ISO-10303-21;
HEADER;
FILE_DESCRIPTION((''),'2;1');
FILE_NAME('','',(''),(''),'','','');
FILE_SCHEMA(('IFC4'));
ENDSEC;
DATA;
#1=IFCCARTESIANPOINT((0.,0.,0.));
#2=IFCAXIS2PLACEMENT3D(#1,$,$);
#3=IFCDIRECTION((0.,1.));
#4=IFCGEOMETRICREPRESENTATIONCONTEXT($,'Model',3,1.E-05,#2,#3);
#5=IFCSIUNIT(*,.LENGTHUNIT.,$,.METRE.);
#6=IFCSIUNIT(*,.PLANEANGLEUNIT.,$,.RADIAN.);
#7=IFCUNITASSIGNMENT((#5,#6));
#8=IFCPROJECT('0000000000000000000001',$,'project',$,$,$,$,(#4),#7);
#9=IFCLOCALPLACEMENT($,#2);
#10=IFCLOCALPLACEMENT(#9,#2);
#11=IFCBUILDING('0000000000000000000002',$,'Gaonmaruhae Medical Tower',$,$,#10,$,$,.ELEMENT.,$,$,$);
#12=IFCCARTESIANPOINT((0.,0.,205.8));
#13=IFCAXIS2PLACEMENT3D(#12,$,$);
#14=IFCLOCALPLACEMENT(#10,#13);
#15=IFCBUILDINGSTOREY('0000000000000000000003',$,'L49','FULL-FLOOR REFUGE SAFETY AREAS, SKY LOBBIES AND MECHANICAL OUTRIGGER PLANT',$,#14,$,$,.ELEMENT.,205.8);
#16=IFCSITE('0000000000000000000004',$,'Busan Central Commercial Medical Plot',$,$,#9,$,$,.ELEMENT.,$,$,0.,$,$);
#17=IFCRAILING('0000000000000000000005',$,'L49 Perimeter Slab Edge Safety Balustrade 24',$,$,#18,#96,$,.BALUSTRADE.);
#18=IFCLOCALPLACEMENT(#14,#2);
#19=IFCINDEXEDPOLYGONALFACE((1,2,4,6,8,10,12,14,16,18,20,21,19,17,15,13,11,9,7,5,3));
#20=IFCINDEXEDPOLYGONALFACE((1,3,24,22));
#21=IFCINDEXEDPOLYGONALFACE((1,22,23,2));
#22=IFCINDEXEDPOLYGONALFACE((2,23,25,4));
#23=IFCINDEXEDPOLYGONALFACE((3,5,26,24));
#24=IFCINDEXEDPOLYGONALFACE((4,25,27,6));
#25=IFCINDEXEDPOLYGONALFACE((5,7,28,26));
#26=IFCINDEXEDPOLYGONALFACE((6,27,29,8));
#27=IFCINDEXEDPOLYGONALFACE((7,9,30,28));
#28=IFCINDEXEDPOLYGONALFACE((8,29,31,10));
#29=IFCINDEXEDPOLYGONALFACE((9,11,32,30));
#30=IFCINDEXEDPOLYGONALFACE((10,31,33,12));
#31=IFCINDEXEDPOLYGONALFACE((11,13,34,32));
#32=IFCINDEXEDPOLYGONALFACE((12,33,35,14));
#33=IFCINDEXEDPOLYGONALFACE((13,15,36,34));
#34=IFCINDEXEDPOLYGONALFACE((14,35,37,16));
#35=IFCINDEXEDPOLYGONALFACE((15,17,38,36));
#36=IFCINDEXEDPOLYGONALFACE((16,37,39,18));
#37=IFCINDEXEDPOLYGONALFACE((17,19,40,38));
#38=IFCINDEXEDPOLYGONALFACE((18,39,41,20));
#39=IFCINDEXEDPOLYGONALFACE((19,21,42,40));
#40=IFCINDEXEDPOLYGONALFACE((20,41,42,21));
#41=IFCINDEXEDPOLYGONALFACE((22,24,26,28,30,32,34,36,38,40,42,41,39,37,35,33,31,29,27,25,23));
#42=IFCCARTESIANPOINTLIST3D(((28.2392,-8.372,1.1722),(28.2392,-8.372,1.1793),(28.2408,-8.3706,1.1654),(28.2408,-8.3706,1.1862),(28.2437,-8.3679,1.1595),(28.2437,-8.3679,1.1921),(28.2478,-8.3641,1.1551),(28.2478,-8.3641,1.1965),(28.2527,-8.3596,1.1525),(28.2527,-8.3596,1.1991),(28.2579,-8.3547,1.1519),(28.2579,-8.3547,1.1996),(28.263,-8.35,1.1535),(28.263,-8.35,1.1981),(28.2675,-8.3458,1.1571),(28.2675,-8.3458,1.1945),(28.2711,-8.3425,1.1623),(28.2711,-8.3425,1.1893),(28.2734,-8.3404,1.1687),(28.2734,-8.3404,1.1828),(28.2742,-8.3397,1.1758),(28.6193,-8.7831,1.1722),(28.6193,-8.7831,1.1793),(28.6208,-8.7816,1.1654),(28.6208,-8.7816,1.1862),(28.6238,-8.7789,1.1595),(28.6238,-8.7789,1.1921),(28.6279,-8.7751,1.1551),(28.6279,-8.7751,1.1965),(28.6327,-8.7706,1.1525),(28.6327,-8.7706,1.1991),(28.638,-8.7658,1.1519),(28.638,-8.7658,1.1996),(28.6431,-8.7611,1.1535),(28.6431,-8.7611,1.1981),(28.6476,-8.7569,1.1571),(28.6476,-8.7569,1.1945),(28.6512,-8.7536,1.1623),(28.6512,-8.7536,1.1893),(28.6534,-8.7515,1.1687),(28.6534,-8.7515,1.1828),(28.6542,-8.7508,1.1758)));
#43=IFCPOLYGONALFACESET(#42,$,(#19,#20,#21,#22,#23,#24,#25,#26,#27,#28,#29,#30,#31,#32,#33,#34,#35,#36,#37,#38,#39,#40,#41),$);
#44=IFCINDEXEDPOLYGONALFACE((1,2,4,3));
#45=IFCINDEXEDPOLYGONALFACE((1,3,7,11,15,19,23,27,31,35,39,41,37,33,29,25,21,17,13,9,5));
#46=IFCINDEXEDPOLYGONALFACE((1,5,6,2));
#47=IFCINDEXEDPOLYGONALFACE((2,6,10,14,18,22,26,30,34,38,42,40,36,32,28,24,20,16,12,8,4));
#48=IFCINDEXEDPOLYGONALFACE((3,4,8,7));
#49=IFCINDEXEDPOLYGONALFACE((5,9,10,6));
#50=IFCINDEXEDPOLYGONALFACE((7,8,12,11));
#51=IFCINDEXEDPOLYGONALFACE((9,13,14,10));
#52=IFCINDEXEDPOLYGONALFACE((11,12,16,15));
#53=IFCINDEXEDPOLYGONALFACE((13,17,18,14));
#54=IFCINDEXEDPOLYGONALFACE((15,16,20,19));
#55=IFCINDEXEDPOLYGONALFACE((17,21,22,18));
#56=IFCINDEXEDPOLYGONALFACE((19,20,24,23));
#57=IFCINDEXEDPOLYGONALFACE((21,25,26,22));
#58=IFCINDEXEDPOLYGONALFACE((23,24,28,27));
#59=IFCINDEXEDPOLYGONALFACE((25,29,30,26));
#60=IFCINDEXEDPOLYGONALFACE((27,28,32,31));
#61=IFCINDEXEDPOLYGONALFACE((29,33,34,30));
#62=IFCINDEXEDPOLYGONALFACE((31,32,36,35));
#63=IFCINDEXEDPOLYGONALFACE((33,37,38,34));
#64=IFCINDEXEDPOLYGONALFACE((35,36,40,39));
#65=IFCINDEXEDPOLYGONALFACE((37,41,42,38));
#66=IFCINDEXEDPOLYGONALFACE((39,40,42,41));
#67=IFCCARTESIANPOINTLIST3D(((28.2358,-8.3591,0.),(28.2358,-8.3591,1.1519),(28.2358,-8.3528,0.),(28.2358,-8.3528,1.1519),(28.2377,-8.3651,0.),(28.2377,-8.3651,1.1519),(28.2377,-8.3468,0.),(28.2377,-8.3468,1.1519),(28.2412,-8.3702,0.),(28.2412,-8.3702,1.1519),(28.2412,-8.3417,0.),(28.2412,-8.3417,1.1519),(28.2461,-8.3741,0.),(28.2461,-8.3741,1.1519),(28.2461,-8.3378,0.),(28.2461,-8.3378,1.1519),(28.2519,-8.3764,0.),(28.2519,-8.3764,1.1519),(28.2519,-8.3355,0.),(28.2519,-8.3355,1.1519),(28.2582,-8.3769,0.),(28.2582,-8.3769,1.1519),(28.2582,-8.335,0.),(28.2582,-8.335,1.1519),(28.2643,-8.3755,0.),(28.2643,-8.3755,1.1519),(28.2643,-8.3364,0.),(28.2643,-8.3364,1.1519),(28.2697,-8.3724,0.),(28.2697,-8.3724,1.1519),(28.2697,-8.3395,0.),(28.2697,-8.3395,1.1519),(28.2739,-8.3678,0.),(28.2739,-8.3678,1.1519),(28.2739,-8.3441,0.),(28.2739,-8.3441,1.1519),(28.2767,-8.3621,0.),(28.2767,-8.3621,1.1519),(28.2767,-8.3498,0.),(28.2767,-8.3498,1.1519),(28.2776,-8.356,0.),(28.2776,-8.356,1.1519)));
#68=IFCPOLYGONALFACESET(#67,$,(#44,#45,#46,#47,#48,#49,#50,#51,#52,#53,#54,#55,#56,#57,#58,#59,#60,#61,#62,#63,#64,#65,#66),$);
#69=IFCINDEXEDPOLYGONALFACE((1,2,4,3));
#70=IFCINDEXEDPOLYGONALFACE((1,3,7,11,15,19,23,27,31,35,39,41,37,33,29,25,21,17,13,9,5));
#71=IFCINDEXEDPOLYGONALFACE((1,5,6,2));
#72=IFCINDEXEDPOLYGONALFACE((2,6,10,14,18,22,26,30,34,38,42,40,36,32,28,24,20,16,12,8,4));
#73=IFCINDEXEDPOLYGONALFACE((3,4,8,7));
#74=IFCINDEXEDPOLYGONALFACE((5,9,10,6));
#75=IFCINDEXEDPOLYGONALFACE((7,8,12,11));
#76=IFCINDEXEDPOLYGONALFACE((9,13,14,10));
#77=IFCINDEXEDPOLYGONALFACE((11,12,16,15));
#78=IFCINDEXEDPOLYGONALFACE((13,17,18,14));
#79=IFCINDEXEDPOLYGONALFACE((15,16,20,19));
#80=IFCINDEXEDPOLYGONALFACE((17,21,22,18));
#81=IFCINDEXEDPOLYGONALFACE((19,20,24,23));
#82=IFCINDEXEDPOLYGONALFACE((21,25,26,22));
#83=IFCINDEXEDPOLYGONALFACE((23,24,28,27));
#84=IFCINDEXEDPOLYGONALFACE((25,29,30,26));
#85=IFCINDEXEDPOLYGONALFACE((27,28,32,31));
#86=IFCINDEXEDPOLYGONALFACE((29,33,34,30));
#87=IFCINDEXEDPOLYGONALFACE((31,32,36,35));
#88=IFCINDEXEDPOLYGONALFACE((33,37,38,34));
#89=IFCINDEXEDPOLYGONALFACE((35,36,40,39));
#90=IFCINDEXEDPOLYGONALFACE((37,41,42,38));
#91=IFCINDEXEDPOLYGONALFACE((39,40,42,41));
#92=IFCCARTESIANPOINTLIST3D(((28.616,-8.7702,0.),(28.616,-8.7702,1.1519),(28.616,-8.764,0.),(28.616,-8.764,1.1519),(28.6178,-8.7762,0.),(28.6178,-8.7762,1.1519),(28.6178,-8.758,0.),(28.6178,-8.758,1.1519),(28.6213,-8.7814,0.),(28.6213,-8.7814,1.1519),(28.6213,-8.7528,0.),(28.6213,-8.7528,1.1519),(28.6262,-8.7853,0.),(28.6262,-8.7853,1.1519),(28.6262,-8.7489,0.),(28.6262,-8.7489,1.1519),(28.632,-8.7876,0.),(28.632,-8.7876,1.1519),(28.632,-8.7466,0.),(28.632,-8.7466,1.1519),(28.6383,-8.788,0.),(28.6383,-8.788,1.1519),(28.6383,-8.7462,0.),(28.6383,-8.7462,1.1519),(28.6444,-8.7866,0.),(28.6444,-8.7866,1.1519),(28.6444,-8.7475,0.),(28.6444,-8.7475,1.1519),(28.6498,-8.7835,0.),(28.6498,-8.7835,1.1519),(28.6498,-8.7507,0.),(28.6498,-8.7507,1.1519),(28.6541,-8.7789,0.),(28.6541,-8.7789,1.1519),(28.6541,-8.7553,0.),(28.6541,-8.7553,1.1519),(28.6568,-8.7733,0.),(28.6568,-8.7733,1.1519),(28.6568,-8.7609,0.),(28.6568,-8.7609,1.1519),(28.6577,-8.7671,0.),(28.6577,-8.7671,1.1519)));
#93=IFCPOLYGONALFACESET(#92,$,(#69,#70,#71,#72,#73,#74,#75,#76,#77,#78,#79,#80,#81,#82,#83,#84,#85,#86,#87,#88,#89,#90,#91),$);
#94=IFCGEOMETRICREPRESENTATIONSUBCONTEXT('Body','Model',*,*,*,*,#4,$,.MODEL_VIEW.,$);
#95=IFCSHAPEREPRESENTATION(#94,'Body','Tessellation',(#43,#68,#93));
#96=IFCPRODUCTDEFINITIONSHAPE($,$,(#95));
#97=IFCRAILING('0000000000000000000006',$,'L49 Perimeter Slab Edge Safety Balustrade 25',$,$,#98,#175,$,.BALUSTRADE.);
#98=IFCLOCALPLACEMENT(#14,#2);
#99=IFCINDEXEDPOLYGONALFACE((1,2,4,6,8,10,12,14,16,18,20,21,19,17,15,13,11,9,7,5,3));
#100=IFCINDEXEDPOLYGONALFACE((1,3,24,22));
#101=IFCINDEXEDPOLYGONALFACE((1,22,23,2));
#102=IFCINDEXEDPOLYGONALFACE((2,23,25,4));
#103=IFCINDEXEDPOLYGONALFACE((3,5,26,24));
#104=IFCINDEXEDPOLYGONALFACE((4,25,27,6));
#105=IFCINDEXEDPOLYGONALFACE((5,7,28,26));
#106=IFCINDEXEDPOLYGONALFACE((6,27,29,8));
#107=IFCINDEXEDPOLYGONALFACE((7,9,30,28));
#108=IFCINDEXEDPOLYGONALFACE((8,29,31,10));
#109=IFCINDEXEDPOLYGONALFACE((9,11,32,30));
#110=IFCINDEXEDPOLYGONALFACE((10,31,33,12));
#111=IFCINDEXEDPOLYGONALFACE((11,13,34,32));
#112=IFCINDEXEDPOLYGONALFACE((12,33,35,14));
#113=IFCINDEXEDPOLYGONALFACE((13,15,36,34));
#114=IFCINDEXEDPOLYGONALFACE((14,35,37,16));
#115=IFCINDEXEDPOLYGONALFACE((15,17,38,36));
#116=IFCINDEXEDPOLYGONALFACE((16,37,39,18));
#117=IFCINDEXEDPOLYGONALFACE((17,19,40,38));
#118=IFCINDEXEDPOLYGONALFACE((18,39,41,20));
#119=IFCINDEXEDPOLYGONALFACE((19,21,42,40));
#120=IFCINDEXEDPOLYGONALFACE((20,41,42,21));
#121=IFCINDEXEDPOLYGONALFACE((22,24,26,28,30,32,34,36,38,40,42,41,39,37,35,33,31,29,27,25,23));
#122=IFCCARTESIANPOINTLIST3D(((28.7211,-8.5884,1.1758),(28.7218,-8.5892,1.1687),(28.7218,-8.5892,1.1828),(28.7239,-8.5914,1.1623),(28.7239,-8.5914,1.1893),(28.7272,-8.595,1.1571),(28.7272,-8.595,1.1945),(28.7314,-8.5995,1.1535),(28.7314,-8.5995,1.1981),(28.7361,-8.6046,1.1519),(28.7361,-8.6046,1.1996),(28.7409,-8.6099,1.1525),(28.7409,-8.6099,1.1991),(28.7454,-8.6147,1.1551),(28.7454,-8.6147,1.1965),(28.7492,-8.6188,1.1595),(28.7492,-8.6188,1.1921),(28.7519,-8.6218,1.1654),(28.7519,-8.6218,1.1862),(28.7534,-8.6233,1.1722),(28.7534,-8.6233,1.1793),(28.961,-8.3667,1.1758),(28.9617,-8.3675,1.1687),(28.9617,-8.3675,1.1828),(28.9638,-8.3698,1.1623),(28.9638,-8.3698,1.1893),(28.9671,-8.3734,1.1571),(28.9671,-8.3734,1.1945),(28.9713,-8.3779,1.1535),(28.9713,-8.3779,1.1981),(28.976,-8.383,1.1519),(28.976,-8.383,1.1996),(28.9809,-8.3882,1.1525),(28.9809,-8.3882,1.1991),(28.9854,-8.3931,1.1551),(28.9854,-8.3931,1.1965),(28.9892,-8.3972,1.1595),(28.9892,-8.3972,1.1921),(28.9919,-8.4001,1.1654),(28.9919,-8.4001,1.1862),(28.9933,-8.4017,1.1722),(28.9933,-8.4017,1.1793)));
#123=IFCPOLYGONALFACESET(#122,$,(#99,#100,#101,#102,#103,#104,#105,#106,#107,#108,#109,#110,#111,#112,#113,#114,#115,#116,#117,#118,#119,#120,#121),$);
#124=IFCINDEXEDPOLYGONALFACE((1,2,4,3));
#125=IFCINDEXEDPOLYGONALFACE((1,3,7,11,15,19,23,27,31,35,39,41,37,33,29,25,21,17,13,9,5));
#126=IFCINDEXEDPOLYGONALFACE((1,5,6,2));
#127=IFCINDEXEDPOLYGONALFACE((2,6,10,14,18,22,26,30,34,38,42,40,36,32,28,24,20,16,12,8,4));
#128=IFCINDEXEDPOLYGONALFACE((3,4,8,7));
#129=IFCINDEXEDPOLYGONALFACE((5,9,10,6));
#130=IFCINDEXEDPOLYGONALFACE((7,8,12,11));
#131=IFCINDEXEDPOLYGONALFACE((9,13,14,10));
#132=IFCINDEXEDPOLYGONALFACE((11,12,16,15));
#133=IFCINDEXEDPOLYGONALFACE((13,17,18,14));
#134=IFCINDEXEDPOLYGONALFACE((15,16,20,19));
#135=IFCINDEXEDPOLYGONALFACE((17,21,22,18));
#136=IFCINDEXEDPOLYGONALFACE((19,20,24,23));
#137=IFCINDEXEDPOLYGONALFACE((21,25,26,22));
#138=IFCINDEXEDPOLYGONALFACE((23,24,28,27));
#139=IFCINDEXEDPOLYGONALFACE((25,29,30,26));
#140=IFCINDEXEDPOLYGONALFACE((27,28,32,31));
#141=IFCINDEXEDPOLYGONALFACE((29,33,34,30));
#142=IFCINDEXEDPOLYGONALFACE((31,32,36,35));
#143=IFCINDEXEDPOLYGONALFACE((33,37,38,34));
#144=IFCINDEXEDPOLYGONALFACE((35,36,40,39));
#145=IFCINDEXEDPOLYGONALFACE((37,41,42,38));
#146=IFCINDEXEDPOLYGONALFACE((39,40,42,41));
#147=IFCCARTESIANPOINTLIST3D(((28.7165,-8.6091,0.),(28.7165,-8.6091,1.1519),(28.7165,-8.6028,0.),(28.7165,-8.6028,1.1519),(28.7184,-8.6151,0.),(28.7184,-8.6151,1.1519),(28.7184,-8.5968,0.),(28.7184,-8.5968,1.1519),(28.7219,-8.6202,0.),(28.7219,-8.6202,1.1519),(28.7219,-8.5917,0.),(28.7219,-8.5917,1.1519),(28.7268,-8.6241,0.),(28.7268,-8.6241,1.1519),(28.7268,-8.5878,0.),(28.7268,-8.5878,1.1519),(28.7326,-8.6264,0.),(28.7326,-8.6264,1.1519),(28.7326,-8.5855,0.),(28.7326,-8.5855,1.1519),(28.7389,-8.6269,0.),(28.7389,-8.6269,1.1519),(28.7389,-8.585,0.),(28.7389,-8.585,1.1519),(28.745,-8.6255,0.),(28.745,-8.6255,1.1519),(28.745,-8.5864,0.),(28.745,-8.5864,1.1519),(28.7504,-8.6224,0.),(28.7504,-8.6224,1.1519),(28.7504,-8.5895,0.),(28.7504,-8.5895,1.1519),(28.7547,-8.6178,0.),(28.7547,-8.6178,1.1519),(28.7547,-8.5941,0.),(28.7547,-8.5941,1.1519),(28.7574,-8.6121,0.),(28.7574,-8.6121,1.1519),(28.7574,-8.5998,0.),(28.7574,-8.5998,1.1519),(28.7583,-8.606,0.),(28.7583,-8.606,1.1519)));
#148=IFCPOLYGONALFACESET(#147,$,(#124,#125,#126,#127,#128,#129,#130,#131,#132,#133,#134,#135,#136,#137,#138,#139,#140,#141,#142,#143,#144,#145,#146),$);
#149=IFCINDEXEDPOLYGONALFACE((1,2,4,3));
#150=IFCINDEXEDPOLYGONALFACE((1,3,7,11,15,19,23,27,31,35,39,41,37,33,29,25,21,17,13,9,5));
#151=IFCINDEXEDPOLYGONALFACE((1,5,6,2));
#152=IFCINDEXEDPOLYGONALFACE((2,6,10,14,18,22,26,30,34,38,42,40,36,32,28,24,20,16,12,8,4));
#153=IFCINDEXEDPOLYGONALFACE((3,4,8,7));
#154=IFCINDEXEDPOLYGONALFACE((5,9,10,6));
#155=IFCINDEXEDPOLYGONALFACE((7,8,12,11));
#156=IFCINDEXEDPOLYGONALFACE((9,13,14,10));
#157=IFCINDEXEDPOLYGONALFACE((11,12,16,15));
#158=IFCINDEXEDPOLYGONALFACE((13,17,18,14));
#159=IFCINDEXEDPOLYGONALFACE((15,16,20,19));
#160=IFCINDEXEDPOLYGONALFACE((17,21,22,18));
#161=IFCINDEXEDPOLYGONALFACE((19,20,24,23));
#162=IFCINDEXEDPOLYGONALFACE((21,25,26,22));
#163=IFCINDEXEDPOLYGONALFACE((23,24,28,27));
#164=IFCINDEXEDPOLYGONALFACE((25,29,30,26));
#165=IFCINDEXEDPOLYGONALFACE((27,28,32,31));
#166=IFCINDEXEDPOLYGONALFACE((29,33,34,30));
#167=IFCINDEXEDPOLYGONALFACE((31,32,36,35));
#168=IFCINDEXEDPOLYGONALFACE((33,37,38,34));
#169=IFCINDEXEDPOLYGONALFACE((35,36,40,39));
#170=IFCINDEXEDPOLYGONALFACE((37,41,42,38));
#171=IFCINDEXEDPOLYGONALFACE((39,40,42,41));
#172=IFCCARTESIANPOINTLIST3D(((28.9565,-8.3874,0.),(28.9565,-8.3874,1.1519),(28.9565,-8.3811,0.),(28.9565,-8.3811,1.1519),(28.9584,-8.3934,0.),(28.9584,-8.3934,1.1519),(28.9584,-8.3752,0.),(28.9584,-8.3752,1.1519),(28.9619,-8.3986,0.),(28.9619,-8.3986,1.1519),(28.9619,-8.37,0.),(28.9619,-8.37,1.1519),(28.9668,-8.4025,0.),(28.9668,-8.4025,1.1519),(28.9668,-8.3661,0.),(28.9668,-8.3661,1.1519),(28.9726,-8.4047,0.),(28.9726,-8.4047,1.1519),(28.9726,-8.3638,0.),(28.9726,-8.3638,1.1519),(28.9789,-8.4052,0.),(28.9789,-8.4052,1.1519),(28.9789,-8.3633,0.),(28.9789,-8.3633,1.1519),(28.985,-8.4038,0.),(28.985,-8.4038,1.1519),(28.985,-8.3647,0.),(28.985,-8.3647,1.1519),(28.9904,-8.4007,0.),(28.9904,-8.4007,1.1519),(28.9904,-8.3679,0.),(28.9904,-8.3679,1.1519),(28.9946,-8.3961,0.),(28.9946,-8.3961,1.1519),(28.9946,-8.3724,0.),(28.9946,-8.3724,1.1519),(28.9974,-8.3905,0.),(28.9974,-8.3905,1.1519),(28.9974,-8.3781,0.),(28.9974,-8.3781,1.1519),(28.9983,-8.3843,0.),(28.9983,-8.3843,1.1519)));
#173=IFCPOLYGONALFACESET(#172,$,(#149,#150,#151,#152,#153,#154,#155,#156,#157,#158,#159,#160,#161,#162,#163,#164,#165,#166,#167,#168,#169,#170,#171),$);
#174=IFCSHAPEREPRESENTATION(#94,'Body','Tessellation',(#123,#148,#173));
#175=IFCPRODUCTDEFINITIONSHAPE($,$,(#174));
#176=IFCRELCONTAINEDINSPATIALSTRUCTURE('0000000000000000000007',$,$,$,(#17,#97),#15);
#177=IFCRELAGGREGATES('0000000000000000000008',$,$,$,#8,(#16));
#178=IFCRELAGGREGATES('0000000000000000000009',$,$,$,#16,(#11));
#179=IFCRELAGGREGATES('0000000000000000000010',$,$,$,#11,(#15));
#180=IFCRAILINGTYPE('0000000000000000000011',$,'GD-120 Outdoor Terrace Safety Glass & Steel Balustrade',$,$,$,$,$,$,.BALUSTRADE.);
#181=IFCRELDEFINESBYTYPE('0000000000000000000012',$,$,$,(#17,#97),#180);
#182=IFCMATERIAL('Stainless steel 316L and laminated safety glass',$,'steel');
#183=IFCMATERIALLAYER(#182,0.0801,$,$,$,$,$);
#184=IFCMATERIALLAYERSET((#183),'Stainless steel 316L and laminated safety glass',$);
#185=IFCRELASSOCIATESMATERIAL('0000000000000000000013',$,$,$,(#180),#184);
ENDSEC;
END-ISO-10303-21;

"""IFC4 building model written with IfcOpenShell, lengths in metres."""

from ifc_helpers import new_model, si_unit, direction, frame, origin, origin_2d, place, context, subcontext, project, spatial, circle, extrude, material, layer, layer_set, type_object, element, save


model = new_model("IFC4")

# Units and contexts
model_context = context("Model", 3, precision=1e-05, world=origin(), true_north=direction((0.0, 1.0)))
body_context = subcontext(model_context, "Body", "Model", "MODEL_VIEW")
ifc_project = project(units=[si_unit("LENGTHUNIT", "METRE"), si_unit("PLANEANGLEUNIT", "RADIAN")], contexts=[model_context])

# Site, building, storey
site_placement = place(None, origin())
site = spatial("IfcSite", under=ifc_project, at=site_placement, Name="Busan Central Commercial Medical Plot", CompositionType="ELEMENT", RefElevation=0.0)
building_placement = place(site_placement, origin())
building = spatial("IfcBuilding", under=site, at=building_placement, Name="Gaonmaruhae Medical Tower", CompositionType="ELEMENT")
storey_placement = place(building_placement, frame((0.0, 0.0, 205.8)))
storey = spatial("IfcBuildingStorey", under=building, at=storey_placement, Name="L49", Description="FULL-FLOOR REFUGE SAFETY AREAS, SKY LOBBIES AND MECHANICAL OUTRIGGER PLANT", CompositionType="ELEMENT", Elevation=205.8)

# Railings
ifc_material_1 = material(Name="Stainless steel 316L and laminated safety glass", Category="steel")
ifc_layer_1 = layer(ifc_material_1, 0.0801)
ifc_layer_set_1 = layer_set([ifc_layer_1], Name="Stainless steel 316L and laminated safety glass")
railing_type = type_object("IfcRailingType", Name="GD-120 Outdoor Terrace Safety Glass & Steel Balustrade", PredefinedType="BALUSTRADE", material=ifc_layer_set_1)
railing_1_placement = place(storey_placement, frame((28.2566, -8.356, 0.0)))
element("IfcRailing", 1, at=railing_1_placement, inside=storey, type_object=railing_type, Name="L49 Perimeter Slab Edge Safety Balustrade 24", PredefinedType="BALUSTRADE", context=body_context, shape_type="SweptSolid", body=[
    extrude(circle(Radius=0.0239, at=origin_2d()), frame((0.0, 0.0, 1.1758), z_axis=(0.678877, -0.734252, 0.0), x_axis=(0.734252, 0.678877, 0.0)), (0.0, 0.0, 1.0), 0.5598),
    extrude(circle(Radius=0.021, at=origin_2d()), origin(), (0.0, 0.0, 1.0), 1.1519),
    extrude(circle(Radius=0.021, at=origin_2d()), frame((0.3801, -0.4111, 0.0)), (0.0, 0.0, 1.0), 1.1519),
])
railing_2_placement = place(storey_placement, frame((28.7373, -8.606, 0.0)))
element("IfcRailing", 2, at=railing_2_placement, inside=storey, type_object=railing_type, Name="L49 Perimeter Slab Edge Safety Balustrade 25", PredefinedType="BALUSTRADE", context=body_context, shape_type="SweptSolid", body=[
    extrude(circle(Radius=0.0239, at=origin_2d()), frame((0.0, 0.0, 1.1758), z_axis=(0.734574, 0.678528, 0.0), x_axis=(-0.678528, 0.734574, 0.0)), (0.0, 0.0, 1.0), 0.3267),
    extrude(circle(Radius=0.021, at=origin_2d()), origin(), (0.0, 0.0, 1.0), 1.1519),
    extrude(circle(Radius=0.021, at=origin_2d()), frame((0.24, 0.2217, 0.0)), (0.0, 0.0, 1.0), 1.1519),
])

save(model, "model.ifc")
